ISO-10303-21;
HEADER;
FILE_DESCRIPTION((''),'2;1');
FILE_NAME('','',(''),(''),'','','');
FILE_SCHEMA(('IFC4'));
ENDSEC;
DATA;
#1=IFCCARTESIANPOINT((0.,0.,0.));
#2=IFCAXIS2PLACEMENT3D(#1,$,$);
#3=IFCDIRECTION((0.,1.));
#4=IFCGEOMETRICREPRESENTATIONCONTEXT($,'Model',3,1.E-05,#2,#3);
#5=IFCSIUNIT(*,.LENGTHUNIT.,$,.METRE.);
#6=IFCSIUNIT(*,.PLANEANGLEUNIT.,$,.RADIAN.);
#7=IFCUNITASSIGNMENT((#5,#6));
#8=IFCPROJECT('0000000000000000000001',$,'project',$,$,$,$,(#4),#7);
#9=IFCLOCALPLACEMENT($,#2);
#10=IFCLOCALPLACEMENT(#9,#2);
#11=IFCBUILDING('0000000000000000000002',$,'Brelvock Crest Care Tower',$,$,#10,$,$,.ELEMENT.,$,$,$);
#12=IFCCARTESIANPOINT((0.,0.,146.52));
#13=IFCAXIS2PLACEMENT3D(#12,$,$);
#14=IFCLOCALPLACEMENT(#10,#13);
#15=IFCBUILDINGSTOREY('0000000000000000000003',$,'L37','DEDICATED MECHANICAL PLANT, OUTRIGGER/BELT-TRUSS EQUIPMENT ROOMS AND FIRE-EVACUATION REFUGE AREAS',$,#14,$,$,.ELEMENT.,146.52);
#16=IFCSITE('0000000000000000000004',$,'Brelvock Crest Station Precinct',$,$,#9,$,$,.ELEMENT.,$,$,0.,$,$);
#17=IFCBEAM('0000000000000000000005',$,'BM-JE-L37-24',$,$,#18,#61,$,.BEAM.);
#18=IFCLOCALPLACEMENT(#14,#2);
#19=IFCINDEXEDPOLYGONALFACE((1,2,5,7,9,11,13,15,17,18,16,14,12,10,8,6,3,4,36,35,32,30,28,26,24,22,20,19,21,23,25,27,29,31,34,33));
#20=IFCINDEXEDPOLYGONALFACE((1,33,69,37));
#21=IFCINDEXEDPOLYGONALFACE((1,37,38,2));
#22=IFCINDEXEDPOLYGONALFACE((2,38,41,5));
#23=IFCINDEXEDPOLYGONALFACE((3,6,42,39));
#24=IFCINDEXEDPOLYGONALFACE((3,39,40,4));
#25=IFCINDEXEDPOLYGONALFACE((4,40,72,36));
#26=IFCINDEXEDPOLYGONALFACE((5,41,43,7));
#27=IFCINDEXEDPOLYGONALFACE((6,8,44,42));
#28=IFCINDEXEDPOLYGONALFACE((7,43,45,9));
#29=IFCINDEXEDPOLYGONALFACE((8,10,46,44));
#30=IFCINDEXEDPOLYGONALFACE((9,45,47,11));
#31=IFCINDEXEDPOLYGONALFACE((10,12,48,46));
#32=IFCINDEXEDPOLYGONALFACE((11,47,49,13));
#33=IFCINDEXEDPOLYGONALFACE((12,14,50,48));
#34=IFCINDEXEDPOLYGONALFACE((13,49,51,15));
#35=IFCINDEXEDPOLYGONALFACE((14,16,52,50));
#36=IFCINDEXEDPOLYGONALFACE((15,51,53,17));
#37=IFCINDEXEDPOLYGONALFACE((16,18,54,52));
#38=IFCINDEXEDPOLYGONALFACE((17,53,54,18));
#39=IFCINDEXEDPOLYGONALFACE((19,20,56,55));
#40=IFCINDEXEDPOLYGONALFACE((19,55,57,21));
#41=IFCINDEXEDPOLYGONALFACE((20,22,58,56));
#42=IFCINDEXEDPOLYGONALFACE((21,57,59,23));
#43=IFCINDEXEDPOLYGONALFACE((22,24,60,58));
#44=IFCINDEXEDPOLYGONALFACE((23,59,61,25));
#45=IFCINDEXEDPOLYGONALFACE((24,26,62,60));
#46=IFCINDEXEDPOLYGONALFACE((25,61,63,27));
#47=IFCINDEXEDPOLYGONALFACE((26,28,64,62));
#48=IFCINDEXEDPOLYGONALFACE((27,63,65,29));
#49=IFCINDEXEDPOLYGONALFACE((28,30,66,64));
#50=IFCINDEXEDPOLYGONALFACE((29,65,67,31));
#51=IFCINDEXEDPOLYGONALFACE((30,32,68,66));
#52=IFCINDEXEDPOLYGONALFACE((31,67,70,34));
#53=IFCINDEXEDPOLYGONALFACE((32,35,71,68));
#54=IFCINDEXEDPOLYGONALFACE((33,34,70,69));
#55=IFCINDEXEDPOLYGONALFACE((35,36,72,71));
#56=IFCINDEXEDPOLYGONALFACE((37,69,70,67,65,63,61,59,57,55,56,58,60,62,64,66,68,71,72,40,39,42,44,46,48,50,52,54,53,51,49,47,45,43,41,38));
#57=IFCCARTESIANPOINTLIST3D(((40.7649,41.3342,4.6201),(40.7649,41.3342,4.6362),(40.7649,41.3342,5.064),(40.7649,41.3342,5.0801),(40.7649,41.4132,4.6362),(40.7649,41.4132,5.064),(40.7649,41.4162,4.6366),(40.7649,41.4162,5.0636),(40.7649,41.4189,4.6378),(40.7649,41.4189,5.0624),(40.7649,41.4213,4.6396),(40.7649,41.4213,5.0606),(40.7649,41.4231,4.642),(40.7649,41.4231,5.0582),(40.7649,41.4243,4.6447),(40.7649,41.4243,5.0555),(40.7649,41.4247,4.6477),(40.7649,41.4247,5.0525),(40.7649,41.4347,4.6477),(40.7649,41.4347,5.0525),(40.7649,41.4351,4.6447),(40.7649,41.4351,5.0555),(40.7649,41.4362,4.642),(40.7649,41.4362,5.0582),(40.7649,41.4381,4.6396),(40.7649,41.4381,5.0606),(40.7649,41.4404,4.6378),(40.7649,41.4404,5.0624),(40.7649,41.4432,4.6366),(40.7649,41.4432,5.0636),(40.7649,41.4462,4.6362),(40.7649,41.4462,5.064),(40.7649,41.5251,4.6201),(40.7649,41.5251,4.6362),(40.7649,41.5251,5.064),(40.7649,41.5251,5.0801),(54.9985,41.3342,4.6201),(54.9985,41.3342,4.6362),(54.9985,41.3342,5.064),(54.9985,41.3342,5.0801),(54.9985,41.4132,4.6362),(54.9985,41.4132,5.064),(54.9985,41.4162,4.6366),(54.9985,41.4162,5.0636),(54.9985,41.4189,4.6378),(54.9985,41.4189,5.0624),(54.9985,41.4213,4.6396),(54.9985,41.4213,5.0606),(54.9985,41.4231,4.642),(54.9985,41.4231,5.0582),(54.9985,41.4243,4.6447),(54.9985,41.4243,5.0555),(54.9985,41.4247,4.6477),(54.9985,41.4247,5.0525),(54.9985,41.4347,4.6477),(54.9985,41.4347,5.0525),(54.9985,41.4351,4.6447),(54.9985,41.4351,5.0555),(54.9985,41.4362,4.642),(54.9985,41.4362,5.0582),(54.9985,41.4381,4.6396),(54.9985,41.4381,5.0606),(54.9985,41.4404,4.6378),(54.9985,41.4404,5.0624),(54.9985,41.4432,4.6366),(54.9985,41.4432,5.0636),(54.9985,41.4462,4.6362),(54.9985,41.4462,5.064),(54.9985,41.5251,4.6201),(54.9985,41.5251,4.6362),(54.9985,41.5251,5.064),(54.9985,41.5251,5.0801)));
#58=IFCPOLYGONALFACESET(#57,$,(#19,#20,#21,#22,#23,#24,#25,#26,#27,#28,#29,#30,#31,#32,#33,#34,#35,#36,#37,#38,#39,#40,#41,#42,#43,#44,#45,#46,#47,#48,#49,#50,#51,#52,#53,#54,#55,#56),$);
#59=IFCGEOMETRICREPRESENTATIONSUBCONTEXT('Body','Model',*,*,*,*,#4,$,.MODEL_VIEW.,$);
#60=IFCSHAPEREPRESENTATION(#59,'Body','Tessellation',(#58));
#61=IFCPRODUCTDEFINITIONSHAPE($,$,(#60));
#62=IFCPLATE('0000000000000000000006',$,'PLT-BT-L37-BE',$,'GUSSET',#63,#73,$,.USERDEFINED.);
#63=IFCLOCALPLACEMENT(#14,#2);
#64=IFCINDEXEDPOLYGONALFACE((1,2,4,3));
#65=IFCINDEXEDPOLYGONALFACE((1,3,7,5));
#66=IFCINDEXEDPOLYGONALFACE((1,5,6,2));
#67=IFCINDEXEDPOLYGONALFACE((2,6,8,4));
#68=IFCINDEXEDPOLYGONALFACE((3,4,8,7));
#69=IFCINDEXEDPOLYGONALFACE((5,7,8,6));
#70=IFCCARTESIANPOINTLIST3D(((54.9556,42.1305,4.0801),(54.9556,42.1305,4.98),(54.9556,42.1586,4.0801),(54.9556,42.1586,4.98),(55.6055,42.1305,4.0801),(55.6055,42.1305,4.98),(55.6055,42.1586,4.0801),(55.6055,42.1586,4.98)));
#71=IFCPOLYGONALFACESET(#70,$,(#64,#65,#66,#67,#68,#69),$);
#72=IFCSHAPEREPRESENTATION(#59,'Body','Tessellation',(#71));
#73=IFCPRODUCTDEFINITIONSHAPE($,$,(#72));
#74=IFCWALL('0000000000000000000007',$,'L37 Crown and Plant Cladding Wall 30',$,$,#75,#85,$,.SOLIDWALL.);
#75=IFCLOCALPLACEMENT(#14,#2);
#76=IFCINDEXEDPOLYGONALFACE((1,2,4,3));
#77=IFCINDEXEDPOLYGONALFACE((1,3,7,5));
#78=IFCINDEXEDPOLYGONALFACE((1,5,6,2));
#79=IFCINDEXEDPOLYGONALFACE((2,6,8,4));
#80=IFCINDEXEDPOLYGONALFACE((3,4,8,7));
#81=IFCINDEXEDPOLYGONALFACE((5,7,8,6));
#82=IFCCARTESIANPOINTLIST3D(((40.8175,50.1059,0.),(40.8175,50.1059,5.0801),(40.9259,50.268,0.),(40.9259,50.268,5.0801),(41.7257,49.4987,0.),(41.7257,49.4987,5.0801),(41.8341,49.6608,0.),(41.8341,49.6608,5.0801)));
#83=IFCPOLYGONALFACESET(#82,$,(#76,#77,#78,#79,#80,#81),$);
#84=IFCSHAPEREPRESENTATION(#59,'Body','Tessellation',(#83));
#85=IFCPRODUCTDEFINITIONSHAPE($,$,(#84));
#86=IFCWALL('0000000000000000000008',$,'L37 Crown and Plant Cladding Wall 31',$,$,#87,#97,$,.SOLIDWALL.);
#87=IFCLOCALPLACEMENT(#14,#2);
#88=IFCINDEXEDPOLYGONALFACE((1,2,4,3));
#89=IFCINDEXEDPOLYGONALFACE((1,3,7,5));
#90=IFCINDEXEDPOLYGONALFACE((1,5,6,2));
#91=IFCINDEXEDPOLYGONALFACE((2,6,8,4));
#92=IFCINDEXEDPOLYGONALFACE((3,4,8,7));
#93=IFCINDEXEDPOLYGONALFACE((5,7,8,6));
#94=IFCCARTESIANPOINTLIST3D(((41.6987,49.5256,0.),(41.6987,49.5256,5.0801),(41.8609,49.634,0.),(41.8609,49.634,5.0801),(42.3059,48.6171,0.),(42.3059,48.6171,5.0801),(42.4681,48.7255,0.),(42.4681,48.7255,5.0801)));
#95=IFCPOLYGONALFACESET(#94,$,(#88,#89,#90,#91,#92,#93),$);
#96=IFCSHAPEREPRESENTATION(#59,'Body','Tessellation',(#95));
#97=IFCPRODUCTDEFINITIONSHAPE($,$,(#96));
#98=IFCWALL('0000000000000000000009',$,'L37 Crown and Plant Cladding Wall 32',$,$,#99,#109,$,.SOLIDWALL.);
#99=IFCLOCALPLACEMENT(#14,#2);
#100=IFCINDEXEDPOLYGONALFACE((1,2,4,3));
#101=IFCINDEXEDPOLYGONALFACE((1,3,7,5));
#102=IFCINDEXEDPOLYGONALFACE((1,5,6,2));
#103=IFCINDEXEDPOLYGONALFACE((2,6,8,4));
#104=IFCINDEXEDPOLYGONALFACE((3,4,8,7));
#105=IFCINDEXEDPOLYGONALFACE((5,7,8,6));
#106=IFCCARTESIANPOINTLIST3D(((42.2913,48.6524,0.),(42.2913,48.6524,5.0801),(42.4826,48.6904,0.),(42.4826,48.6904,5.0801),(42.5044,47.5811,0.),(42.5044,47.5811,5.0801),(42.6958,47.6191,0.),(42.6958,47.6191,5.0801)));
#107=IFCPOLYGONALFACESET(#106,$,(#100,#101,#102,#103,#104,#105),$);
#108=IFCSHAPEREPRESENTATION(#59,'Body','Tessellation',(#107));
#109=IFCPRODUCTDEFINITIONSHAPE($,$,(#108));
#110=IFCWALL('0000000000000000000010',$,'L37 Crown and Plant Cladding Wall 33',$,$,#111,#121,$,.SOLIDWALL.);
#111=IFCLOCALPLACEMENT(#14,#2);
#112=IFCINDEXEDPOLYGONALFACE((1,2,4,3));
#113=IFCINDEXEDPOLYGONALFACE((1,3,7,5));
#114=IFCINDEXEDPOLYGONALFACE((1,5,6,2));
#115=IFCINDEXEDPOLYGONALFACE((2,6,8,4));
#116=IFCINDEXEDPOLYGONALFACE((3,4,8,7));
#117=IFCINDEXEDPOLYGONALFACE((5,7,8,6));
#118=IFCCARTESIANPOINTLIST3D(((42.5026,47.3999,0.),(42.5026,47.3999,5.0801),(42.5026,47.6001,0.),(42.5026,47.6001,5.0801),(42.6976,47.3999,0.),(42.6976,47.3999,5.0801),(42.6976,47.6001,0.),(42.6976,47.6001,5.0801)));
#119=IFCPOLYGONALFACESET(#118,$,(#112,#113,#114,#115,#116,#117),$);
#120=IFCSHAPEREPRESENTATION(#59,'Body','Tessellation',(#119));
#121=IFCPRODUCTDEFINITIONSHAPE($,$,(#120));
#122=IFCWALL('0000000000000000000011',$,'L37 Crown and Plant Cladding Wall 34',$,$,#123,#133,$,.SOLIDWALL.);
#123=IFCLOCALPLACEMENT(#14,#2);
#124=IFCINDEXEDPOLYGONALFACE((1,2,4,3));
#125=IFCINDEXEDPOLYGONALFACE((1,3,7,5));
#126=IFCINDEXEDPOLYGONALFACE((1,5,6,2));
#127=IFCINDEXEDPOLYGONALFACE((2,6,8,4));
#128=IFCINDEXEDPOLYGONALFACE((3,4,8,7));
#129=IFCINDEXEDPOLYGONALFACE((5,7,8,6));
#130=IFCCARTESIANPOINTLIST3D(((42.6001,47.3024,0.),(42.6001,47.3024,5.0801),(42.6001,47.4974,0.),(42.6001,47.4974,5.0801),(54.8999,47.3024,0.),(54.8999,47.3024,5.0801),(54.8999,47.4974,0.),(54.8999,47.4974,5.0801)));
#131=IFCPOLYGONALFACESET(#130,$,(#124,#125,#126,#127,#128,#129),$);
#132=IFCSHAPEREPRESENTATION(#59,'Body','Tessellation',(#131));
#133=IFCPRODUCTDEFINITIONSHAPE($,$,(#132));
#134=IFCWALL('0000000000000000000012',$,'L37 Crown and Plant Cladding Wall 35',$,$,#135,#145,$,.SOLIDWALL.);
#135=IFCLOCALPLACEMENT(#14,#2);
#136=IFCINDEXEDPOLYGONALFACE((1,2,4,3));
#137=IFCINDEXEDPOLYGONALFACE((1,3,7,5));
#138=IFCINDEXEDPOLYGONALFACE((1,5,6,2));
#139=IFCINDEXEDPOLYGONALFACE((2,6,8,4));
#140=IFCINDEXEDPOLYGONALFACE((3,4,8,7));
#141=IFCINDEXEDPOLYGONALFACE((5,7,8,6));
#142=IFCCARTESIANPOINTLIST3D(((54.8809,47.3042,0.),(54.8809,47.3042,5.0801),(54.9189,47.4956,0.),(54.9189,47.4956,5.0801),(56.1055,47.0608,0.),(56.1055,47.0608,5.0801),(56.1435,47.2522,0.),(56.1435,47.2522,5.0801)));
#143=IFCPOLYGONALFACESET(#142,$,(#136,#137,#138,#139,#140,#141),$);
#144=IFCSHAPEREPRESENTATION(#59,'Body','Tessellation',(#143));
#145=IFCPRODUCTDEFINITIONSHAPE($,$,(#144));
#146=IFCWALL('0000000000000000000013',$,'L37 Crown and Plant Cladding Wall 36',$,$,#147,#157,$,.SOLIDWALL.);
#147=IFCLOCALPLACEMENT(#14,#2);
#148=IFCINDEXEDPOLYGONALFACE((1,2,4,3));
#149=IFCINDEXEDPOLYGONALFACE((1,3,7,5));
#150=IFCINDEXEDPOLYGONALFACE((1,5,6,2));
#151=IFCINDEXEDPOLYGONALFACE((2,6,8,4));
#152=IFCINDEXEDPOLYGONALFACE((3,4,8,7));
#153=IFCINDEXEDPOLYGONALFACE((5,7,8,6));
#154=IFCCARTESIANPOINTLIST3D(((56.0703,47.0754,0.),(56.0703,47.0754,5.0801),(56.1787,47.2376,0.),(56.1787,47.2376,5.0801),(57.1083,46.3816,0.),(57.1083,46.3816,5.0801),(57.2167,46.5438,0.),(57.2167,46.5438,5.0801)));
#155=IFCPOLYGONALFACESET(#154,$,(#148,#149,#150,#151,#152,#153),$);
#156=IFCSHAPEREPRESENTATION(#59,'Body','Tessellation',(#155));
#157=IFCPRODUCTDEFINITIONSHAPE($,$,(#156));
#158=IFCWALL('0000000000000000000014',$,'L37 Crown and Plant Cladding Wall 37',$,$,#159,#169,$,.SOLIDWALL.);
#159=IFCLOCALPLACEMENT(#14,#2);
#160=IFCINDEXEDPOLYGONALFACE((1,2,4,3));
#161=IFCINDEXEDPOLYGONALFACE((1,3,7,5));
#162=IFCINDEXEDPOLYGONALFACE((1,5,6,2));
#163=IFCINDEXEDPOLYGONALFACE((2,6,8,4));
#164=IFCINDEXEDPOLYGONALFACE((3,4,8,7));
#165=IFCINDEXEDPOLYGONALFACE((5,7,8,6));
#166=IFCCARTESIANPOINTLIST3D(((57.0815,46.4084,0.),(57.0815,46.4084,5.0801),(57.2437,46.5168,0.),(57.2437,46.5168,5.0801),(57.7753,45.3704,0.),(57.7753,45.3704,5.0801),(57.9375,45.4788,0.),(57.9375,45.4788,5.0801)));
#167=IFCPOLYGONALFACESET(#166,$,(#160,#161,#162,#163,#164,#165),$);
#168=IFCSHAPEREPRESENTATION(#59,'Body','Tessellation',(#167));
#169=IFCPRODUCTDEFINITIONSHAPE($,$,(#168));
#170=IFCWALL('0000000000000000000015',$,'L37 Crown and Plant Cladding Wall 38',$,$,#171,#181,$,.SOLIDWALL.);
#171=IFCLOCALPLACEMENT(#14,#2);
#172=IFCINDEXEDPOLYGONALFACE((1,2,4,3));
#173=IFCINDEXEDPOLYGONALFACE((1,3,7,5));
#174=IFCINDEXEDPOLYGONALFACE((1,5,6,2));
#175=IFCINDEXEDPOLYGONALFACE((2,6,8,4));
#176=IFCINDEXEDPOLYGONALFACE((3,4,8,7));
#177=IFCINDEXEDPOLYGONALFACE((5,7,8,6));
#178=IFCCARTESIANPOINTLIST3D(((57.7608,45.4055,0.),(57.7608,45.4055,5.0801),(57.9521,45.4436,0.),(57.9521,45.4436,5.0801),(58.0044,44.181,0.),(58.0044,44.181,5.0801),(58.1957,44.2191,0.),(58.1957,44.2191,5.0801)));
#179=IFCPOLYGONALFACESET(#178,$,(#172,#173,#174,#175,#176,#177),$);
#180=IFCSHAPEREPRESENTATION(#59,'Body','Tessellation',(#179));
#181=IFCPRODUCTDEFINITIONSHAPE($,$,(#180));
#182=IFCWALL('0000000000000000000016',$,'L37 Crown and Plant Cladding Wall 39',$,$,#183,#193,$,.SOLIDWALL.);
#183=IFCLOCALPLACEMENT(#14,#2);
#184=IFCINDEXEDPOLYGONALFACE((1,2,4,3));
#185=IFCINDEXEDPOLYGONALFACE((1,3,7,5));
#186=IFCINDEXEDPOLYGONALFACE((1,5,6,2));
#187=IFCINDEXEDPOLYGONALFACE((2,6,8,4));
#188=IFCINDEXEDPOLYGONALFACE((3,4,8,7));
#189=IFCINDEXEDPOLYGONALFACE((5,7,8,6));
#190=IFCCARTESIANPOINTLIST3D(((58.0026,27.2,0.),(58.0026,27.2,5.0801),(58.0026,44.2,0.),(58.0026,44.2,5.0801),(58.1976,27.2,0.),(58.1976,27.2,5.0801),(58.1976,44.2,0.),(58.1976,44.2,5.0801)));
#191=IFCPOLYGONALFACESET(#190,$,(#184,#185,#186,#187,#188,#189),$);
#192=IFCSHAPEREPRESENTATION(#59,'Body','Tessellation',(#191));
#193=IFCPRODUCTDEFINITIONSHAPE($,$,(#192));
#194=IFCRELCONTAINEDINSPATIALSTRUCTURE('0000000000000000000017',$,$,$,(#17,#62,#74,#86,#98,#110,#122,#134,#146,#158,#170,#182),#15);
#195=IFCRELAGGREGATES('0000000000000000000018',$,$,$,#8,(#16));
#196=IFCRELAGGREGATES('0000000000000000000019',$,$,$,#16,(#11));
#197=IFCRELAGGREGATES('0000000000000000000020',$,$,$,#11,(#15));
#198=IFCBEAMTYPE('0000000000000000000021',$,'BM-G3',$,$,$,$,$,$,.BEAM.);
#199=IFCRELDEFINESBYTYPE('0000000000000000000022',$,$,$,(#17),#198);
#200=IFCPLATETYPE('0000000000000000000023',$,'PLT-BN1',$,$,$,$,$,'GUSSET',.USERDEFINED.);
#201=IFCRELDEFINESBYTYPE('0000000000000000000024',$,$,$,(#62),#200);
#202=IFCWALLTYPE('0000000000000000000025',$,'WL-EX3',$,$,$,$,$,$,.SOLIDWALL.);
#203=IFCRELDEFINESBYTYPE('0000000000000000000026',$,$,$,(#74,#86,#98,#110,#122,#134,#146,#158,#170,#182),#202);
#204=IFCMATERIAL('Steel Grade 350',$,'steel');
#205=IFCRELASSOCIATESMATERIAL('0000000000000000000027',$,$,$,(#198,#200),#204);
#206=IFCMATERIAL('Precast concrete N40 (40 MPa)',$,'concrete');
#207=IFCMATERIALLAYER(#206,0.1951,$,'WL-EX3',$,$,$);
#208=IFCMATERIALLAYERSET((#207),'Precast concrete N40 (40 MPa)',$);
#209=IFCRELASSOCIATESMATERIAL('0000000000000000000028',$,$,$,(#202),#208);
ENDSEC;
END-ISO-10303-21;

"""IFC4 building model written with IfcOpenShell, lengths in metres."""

from ifc_helpers import new_model, si_unit, direction, frame, frame_2d, origin, origin_2d, place, context, subcontext, project, spatial, rectangle, i_section, extrude, source, transform, mapped, material, layer, layer_set, material_profile, profile_set, type_object, element, save


model = new_model("IFC4")

# Units and contexts
model_context = context("Model", 3, precision=1e-05, world=origin(), true_north=direction((0.0, 1.0)))
body_context = subcontext(model_context, "Body", "Model", "MODEL_VIEW")
ifc_project = project(units=[si_unit("LENGTHUNIT", "METRE"), si_unit("PLANEANGLEUNIT", "RADIAN")], contexts=[model_context])

# Site, building, storey
site_placement = place(None, origin())
site = spatial("IfcSite", under=ifc_project, at=site_placement, Name="Brelvock Crest Station Precinct", CompositionType="ELEMENT", RefElevation=0.0)
building_placement = place(site_placement, origin())
building = spatial("IfcBuilding", under=site, at=building_placement, Name="Brelvock Crest Care Tower", CompositionType="ELEMENT")
storey_placement = place(building_placement, frame((0.0, 0.0, 146.52)))
storey = spatial("IfcBuildingStorey", under=building, at=storey_placement, Name="L37", Description="DEDICATED MECHANICAL PLANT, OUTRIGGER/BELT-TRUSS EQUIPMENT ROOMS AND FIRE-EVACUATION REFUGE AREAS", CompositionType="ELEMENT", Elevation=146.52)

# Shared definitions
ifc_material_1 = material(Name="Steel Grade 350", Category="steel")

# Beam
ifc_material_profile_1 = material_profile(ifc_material_1, i_section(OverallWidth=0.1909, OverallDepth=0.46, WebThickness=0.01, FlangeThickness=0.0161, FilletRadius=0.0115, at=origin_2d()), Name="460UB82.1")
ifc_profile_set_1 = profile_set([ifc_material_profile_1], Name="Steel Grade 350")
beam_type_1 = type_object("IfcBeamType", Name="BM-G3", PredefinedType="BEAM", material=ifc_profile_set_1)
shared_shape_1 = source(origin(), body_context, "Body", "SweptSolid", [
    extrude(i_section(OverallWidth=0.1909, OverallDepth=0.46, WebThickness=0.01, FlangeThickness=0.0161, FilletRadius=0.0115, at=origin_2d()), origin(), (0.0, 0.0, 1.0), 14.2336),
])
for number, where, z_axis, x_axis, name in (
    (1, (40.7649, 41.4297, 4.8501), (1.0, 0.0, 0.0), (0.0, 1.0, 0.0), "BM-JE-L37-24"),
):
    element("IfcBeam", number, at=place(storey_placement, frame(where, z_axis=z_axis, x_axis=x_axis)), inside=storey, type_object=beam_type_1, Name=name, PredefinedType="BEAM", context=body_context, shape_type="MappedRepresentation", body=[
        mapped(shared_shape_1, transform((0.0, 0.0, 0.0), x_axis=(1.0, 0.0, 0.0), y_axis=(0.0, 1.0, 0.0), z_axis=(0.0, 0.0, 1.0), scale=1.0)),
    ])

# Plate
plate_type = type_object("IfcPlateType", Name="PLT-BN1", ElementType="GUSSET", PredefinedType="USERDEFINED", material=ifc_material_1)
shared_shape_2 = source(origin(), body_context, "Body", "SweptSolid", [
    extrude(rectangle(XDim=0.6499, YDim=0.0281, at=origin_2d()), origin(), (0.0, 0.0, 1.0), 0.8999),
])
plate_placement = place(storey_placement, frame((55.2805, 42.1445, 4.0801), z_axis=(0.0, 0.0, 1.0), x_axis=(1.0, 0.0, 0.0)))
element("IfcPlate", 2, at=plate_placement, inside=storey, type_object=plate_type, Name="PLT-BT-L37-BE", ObjectType="GUSSET", PredefinedType="USERDEFINED", context=body_context, shape_type="MappedRepresentation", body=[
    mapped(shared_shape_2, transform((0.0, 0.0, 0.0), x_axis=(1.0, 0.0, 0.0), y_axis=(0.0, 1.0, 0.0), z_axis=(0.0, 0.0, 1.0), scale=1.0)),
])

# Walls
ifc_material_2 = material(Name="Precast concrete N40 (40 MPa)", Category="concrete")
ifc_layer = layer(ifc_material_2, 0.1951, Name="WL-EX3")
ifc_layer_set = layer_set([ifc_layer], Name="Precast concrete N40 (40 MPa)")
wall_type = type_object("IfcWallType", Name="WL-EX3", PredefinedType="SOLIDWALL", material=ifc_layer_set)
wall_1_placement = place(storey_placement, frame((40.8716, 50.187, 0.0), z_axis=(0.0, 0.0, 1.0), x_axis=(0.831328, -0.555783, 0.0)))
element("IfcWall", 3, at=wall_1_placement, inside=storey, type_object=wall_type, Name="L37 Crown and Plant Cladding Wall 30", PredefinedType="SOLIDWALL", context=body_context, shape_type="SweptSolid", body=[
    extrude(rectangle(XDim=1.0925, YDim=0.1951, at=frame_2d((0.5464, 0.0))), origin(), (0.0, 0.0, 1.0), 5.0801),
])
wall_2_placement = place(storey_placement, frame((41.7798, 49.5798, 0.0), z_axis=(0.0, 0.0, 1.0), x_axis=(0.555679, -0.831397, 0.0)))
element("IfcWall", 4, at=wall_2_placement, inside=storey, type_object=wall_type, Name="L37 Crown and Plant Cladding Wall 31", PredefinedType="SOLIDWALL", context=body_context, shape_type="SweptSolid", body=[
    extrude(rectangle(XDim=1.0928, YDim=0.1951, at=frame_2d((0.5464, 0.0))), origin(), (0.0, 0.0, 1.0), 5.0801),
])
wall_3_placement = place(storey_placement, frame((42.387, 48.6714, 0.0), z_axis=(0.0, 0.0, 1.0), x_axis=(0.195127, -0.980778, 0.0)))
element("IfcWall", 5, at=wall_3_placement, inside=storey, type_object=wall_type, Name="L37 Crown and Plant Cladding Wall 32", PredefinedType="SOLIDWALL", context=body_context, shape_type="SweptSolid", body=[
    extrude(rectangle(XDim=1.0923, YDim=0.1951, at=frame_2d((0.5461, 0.0))), origin(), (0.0, 0.0, 1.0), 5.0801),
])
wall_4_placement = place(storey_placement, frame((42.6001, 47.6001, 0.0), z_axis=(0.0, 0.0, 1.0), x_axis=(0.0, -1.0, 0.0)))
element("IfcWall", 6, at=wall_4_placement, inside=storey, type_object=wall_type, Name="L37 Crown and Plant Cladding Wall 33", PredefinedType="SOLIDWALL", context=body_context, shape_type="SweptSolid", body=[
    extrude(rectangle(XDim=0.2002, YDim=0.1951, at=frame_2d((0.1001, 0.0))), origin(), (0.0, 0.0, 1.0), 5.0801),
])
wall_5_placement = place(storey_placement, frame((42.6001, 47.3999, 0.0), z_axis=(0.0, 0.0, 1.0), x_axis=(1.0, 0.0, 0.0)))
element("IfcWall", 7, at=wall_5_placement, inside=storey, type_object=wall_type, Name="L37 Crown and Plant Cladding Wall 34", PredefinedType="SOLIDWALL", context=body_context, shape_type="SweptSolid", body=[
    extrude(rectangle(XDim=12.2998, YDim=0.1951, at=frame_2d((6.1499, 0.0))), origin(), (0.0, 0.0, 1.0), 5.0801),
])
for number, where, z_axis, x_axis, name in (
    (8, (54.8999, 47.3999, 0.0), (0.0, 0.0, 1.0), (0.980813, -0.19495, 0.0), "L37 Crown and Plant Cladding Wall 35"),
    (9, (56.1245, 47.1565, 0.0), (0.0, 0.0, 1.0), (0.831388, -0.555692, 0.0), "L37 Crown and Plant Cladding Wall 36"),
    (10, (57.1626, 46.4626, 0.0), (0.0, 0.0, 1.0), (0.555692, -0.831388, 0.0), "L37 Crown and Plant Cladding Wall 37"),
    (11, (57.8564, 45.4246, 0.0), (0.0, 0.0, 1.0), (0.195138, -0.980776, 0.0), "L37 Crown and Plant Cladding Wall 38"),
):
    element("IfcWall", number, at=place(storey_placement, frame(where, z_axis=z_axis, x_axis=x_axis)), inside=storey, type_object=wall_type, Name=name, PredefinedType="SOLIDWALL", context=body_context, shape_type="SweptSolid", body=[
        extrude(rectangle(XDim=1.2485, YDim=0.1951, at=frame_2d((0.6243, 0.0))), origin(), (0.0, 0.0, 1.0), 5.0801),
    ])
wall_6_placement = place(storey_placement, frame((58.1001, 44.2, 0.0), z_axis=(0.0, 0.0, 1.0), x_axis=(0.0, -1.0, 0.0)))
element("IfcWall", 12, at=wall_6_placement, inside=storey, type_object=wall_type, Name="L37 Crown and Plant Cladding Wall 39", PredefinedType="SOLIDWALL", context=body_context, shape_type="SweptSolid", body=[
    extrude(rectangle(XDim=17.0, YDim=0.1951, at=frame_2d((8.5, 0.0))), origin(), (0.0, 0.0, 1.0), 5.0801),
])

save(model, "model.ifc")
